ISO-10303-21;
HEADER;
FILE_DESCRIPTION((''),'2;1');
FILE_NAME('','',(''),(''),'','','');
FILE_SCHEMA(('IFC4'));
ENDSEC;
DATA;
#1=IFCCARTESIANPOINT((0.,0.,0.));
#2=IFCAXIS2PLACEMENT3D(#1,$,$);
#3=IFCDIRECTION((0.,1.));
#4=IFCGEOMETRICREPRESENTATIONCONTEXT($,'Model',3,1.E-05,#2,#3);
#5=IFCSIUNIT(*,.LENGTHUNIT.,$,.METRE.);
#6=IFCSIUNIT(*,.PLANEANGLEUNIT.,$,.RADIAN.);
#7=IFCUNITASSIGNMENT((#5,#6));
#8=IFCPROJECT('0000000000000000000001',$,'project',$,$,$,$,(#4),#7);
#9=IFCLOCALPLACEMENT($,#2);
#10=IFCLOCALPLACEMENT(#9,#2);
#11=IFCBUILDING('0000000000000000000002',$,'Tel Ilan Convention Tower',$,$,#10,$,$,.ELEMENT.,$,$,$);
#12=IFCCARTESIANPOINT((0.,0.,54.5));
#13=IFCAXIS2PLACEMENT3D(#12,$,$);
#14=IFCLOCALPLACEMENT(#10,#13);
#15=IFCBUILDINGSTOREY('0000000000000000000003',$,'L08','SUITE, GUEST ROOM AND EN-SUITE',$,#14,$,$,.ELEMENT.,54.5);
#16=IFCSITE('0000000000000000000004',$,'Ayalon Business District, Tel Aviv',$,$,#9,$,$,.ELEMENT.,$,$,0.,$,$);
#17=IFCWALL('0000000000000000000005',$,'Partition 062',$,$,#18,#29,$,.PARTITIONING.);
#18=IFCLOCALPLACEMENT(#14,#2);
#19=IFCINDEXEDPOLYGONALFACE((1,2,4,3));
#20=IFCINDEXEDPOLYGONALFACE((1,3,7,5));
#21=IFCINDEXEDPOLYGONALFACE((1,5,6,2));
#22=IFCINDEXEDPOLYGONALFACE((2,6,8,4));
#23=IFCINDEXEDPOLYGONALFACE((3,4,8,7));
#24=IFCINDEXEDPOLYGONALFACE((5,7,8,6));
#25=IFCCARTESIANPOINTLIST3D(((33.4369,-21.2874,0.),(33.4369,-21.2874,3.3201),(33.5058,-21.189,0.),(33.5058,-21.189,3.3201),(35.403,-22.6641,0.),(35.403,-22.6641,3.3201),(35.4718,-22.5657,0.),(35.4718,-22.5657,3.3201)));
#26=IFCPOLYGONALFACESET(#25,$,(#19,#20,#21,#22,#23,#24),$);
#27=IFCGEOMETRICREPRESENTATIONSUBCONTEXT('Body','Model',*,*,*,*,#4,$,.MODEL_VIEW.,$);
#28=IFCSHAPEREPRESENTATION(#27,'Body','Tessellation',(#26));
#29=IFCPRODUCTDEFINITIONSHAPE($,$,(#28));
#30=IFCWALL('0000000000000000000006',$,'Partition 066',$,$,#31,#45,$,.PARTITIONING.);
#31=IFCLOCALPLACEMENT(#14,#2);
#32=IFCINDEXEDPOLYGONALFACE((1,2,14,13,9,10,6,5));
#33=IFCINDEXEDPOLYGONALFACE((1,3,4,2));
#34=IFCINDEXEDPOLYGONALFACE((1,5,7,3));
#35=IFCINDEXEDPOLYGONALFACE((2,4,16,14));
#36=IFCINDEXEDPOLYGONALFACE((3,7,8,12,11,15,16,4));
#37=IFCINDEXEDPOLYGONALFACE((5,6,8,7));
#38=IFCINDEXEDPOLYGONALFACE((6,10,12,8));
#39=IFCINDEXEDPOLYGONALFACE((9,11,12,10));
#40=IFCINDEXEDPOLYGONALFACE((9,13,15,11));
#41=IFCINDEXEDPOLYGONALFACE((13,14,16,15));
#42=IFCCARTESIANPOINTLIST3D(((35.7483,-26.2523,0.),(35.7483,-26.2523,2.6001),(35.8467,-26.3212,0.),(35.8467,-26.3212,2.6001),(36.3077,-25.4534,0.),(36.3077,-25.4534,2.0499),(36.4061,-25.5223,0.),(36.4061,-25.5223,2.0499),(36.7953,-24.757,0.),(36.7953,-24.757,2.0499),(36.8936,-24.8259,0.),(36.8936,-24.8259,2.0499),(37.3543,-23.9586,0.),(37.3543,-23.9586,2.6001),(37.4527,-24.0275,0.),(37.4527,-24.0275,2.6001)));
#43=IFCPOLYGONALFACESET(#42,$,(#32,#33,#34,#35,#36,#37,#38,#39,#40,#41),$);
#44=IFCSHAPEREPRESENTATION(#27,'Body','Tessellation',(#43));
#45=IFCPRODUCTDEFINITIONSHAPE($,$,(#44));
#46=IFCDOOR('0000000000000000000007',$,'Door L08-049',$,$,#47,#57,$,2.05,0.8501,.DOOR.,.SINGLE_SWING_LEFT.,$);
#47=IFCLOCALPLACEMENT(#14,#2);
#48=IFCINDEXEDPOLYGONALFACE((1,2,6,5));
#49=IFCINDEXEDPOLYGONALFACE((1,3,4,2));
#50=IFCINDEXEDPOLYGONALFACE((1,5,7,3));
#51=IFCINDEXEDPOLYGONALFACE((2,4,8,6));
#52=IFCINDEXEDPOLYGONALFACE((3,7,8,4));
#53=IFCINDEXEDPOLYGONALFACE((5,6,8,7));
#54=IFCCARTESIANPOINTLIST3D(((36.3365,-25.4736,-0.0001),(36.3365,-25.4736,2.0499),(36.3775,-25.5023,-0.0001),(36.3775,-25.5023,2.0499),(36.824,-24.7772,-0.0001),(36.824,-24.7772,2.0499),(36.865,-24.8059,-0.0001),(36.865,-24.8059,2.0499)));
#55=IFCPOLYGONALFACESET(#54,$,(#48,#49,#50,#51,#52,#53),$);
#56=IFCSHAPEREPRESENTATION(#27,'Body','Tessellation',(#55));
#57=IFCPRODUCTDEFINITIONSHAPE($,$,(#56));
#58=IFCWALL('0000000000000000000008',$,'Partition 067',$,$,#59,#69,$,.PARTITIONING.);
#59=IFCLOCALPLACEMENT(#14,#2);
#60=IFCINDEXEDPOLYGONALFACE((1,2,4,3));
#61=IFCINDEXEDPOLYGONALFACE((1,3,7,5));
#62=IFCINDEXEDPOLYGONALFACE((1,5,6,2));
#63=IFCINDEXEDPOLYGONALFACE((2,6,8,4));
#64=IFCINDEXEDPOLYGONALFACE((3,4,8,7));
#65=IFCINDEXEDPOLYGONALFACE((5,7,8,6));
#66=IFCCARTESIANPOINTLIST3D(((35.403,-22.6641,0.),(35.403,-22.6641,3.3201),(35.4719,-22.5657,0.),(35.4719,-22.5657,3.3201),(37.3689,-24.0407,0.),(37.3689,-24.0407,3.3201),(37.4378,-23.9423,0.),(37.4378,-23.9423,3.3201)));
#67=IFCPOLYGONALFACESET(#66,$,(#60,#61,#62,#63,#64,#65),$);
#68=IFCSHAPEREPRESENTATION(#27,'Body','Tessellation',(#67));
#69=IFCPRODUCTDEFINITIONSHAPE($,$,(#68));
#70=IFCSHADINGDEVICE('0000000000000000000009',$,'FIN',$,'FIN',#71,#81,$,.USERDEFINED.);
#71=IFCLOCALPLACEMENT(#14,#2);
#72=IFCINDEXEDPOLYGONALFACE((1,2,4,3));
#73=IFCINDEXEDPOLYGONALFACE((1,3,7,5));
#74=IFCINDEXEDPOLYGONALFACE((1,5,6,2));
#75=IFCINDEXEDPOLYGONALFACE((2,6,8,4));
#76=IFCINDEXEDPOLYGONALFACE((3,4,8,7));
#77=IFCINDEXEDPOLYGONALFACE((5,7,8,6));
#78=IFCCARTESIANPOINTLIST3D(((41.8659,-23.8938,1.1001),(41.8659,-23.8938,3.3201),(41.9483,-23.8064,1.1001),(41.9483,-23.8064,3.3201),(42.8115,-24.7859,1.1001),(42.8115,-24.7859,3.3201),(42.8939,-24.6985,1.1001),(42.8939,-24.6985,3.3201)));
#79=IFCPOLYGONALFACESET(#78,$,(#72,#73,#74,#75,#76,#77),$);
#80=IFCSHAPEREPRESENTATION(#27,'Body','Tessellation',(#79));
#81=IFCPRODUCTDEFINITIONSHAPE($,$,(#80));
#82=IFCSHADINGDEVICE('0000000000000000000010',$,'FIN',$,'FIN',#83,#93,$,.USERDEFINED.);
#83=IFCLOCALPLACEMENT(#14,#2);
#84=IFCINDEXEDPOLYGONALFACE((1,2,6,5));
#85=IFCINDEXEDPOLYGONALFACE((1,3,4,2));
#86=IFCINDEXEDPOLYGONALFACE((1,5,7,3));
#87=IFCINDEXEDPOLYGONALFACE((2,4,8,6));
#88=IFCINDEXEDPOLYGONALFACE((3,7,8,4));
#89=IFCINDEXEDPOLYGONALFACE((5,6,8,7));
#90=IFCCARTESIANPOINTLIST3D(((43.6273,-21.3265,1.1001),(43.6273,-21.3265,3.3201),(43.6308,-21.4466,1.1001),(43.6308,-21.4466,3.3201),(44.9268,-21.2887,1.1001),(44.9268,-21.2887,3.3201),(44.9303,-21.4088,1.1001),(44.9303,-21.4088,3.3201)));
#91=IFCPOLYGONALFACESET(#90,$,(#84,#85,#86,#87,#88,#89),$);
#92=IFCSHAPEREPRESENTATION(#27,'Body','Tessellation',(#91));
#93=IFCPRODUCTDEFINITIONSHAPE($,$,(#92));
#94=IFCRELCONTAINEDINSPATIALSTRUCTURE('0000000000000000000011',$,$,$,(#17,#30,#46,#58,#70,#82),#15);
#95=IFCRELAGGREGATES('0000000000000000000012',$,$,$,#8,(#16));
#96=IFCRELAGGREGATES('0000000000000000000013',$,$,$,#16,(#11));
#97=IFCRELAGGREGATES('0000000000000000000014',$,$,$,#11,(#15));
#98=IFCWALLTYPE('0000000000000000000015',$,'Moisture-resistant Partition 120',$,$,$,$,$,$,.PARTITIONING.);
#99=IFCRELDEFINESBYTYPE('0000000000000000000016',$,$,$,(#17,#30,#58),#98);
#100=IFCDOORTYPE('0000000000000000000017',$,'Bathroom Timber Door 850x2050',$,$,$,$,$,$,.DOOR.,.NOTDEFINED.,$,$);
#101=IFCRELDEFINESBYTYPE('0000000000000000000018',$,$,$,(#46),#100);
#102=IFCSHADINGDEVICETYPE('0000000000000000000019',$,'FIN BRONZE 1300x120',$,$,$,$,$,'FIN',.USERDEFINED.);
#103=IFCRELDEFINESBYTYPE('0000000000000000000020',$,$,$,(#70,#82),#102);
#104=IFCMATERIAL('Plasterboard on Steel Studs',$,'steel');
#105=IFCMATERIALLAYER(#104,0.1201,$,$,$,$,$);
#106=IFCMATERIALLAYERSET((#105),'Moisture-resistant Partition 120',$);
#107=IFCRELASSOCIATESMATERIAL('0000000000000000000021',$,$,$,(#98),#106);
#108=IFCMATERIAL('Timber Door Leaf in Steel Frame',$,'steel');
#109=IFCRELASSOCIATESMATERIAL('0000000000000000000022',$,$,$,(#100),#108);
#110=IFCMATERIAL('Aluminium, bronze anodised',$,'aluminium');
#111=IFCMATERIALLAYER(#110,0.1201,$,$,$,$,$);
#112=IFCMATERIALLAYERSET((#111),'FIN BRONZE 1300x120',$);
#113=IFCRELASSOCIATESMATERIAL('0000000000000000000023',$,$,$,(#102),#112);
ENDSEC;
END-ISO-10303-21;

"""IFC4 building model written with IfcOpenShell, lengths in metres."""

from ifc_helpers import new_model, si_unit, direction, frame, frame_2d, origin, origin_2d, place, context, subcontext, project, spatial, rectangle, extrude, material, layer, layer_set, type_object, element, fill, save


model = new_model("IFC4")

# Units and contexts
model_context = context("Model", 3, precision=1e-05, world=origin(), true_north=direction((0.0, 1.0)))
body_context = subcontext(model_context, "Body", "Model", "MODEL_VIEW")
ifc_project = project(units=[si_unit("LENGTHUNIT", "METRE"), si_unit("PLANEANGLEUNIT", "RADIAN")], contexts=[model_context])

# Site, building, storey
site_placement = place(None, origin())
site = spatial("IfcSite", under=ifc_project, at=site_placement, Name="Ayalon Business District, Tel Aviv", CompositionType="ELEMENT", RefElevation=0.0)
building_placement = place(site_placement, origin())
building = spatial("IfcBuilding", under=site, at=building_placement, Name="Tel Ilan Convention Tower", CompositionType="ELEMENT")
storey_placement = place(building_placement, frame((0.0, 0.0, 54.5)))
storey = spatial("IfcBuildingStorey", under=building, at=storey_placement, Name="L08", Description="SUITE, GUEST ROOM AND EN-SUITE", CompositionType="ELEMENT", Elevation=54.5)

# Wall
ifc_material_1 = material(Name="Plasterboard on Steel Studs", Category="steel")
ifc_layer_1 = layer(ifc_material_1, 0.1201)
ifc_layer_set_1 = layer_set([ifc_layer_1], Name="Moisture-resistant Partition 120")
wall_type_1 = type_object("IfcWallType", Name="Moisture-resistant Partition 120", PredefinedType="PARTITIONING", material=ifc_layer_set_1)
wall_1_placement = place(storey_placement, frame((35.4375, -22.615, 0.0), z_axis=(0.0, 0.0, 1.0), x_axis=(-0.819141, 0.573592, 0.0)))
element("IfcWall", 1, at=wall_1_placement, inside=storey, type_object=wall_type_1, Name="Partition 062", PredefinedType="PARTITIONING", context=body_context, shape_type="SweptSolid", body=[
    extrude(rectangle(XDim=2.4001, YDim=0.1201, at=frame_2d((1.2002, 0.0))), origin(), (0.0, 0.0, 1.0), 3.3201),
])

# Wall, opening, door
wall_2_placement = place(storey_placement, frame((35.7976, -26.2866, 0.0), z_axis=(0.0, 0.0, 1.0), x_axis=(0.57355, 0.81917, 0.0)))
wall_2 = element("IfcWall", 2, at=wall_2_placement, inside=storey, type_object=wall_type_1, Name="Partition 066", PredefinedType="PARTITIONING", context=body_context, shape_type="SweptSolid", body=[
    extrude(rectangle(XDim=2.8, YDim=0.1201, at=frame_2d((1.3999, 0.0))), origin(), (0.0, 0.0, 1.0), 2.6001),
])
opening_1_placement = place(wall_2_placement, frame((0.9751, 0.0, 0.0)))
opening_1 = element("IfcOpeningElement", 3, at=opening_1_placement, cuts=wall_2, PredefinedType="OPENING", context=body_context, shape_type="SweptSolid", body=[
    extrude(rectangle(XDim=0.8501, YDim=2.05, at=frame_2d((0.425, 1.0249))), frame((0.0, 0.0701, 0.0), z_axis=(0.0, -1.0, 0.0), x_axis=(1.0, 0.0, 0.0)), (0.0, 0.0, 1.0), 0.1401),
])
ifc_material_2 = material(Name="Timber Door Leaf in Steel Frame", Category="steel")
door_type_1 = type_object("IfcDoorType", Name="Bathroom Timber Door 850x2050", OperationType="NOTDEFINED", PredefinedType="DOOR", material=ifc_material_2)
door_1_placement = place(opening_1_placement, origin())
door_1 = element("IfcDoor", 4, at=door_1_placement, inside=storey, type_object=door_type_1, Name="Door L08-049", OperationType="SINGLE_SWING_LEFT", OverallHeight=2.05, OverallWidth=0.8501, PredefinedType="DOOR", context=body_context, shape_type="SweptSolid", body=[
    extrude(rectangle(XDim=0.8501, YDim=2.05, at=frame_2d((0.425, 1.0249))), frame((0.0, 0.0249, 0.0), z_axis=(0.0, -1.0, 0.0), x_axis=(1.0, 0.0, 0.0)), (0.0, 0.0, 1.0), 0.05),
])
fill(opening_1, door_1)

# Wall
wall_3_placement = place(storey_placement, frame((37.4033, -23.9915, 0.0), z_axis=(0.0, 0.0, 1.0), x_axis=(-0.819155, 0.573572, 0.0)))
element("IfcWall", 5, at=wall_3_placement, inside=storey, type_object=wall_type_1, Name="Partition 067", PredefinedType="PARTITIONING", context=body_context, shape_type="SweptSolid", body=[
    extrude(rectangle(XDim=2.3999, YDim=0.1201, at=frame_2d((1.2, 0.0))), origin(), (0.0, 0.0, 1.0), 3.3201),
])

# Shading devices
ifc_material_3 = material(Name="Aluminium, bronze anodised", Category="aluminium")
ifc_layer_2 = layer(ifc_material_3, 0.1201)
ifc_layer_set_2 = layer_set([ifc_layer_2], Name="FIN BRONZE 1300x120")
shading_device_type = type_object("IfcShadingDeviceType", Name="FIN BRONZE 1300x120", ElementType="FIN", PredefinedType="USERDEFINED", material=ifc_layer_set_2)
for number, where, z_axis, x_axis, name in (
    (6, (42.3799, -24.2961, 1.1001), (0.0, 0.0, 1.0), (0.727374, -0.686242, 0.0), "FIN"),
    (7, (44.2788, -21.3677, 1.1001), (0.0, 0.0, 1.0), (0.999577, 0.029085, 0.0), "FIN"),
):
    element("IfcShadingDevice", number, at=place(storey_placement, frame(where, z_axis=z_axis, x_axis=x_axis)), inside=storey, type_object=shading_device_type, Name=name, ObjectType="FIN", PredefinedType="USERDEFINED", context=body_context, shape_type="SweptSolid", body=[
        extrude(rectangle(XDim=1.3, YDim=0.1201, at=origin_2d()), origin(), (0.0, 0.0, 1.0), 2.22),
    ])

save(model, "model.ifc")
